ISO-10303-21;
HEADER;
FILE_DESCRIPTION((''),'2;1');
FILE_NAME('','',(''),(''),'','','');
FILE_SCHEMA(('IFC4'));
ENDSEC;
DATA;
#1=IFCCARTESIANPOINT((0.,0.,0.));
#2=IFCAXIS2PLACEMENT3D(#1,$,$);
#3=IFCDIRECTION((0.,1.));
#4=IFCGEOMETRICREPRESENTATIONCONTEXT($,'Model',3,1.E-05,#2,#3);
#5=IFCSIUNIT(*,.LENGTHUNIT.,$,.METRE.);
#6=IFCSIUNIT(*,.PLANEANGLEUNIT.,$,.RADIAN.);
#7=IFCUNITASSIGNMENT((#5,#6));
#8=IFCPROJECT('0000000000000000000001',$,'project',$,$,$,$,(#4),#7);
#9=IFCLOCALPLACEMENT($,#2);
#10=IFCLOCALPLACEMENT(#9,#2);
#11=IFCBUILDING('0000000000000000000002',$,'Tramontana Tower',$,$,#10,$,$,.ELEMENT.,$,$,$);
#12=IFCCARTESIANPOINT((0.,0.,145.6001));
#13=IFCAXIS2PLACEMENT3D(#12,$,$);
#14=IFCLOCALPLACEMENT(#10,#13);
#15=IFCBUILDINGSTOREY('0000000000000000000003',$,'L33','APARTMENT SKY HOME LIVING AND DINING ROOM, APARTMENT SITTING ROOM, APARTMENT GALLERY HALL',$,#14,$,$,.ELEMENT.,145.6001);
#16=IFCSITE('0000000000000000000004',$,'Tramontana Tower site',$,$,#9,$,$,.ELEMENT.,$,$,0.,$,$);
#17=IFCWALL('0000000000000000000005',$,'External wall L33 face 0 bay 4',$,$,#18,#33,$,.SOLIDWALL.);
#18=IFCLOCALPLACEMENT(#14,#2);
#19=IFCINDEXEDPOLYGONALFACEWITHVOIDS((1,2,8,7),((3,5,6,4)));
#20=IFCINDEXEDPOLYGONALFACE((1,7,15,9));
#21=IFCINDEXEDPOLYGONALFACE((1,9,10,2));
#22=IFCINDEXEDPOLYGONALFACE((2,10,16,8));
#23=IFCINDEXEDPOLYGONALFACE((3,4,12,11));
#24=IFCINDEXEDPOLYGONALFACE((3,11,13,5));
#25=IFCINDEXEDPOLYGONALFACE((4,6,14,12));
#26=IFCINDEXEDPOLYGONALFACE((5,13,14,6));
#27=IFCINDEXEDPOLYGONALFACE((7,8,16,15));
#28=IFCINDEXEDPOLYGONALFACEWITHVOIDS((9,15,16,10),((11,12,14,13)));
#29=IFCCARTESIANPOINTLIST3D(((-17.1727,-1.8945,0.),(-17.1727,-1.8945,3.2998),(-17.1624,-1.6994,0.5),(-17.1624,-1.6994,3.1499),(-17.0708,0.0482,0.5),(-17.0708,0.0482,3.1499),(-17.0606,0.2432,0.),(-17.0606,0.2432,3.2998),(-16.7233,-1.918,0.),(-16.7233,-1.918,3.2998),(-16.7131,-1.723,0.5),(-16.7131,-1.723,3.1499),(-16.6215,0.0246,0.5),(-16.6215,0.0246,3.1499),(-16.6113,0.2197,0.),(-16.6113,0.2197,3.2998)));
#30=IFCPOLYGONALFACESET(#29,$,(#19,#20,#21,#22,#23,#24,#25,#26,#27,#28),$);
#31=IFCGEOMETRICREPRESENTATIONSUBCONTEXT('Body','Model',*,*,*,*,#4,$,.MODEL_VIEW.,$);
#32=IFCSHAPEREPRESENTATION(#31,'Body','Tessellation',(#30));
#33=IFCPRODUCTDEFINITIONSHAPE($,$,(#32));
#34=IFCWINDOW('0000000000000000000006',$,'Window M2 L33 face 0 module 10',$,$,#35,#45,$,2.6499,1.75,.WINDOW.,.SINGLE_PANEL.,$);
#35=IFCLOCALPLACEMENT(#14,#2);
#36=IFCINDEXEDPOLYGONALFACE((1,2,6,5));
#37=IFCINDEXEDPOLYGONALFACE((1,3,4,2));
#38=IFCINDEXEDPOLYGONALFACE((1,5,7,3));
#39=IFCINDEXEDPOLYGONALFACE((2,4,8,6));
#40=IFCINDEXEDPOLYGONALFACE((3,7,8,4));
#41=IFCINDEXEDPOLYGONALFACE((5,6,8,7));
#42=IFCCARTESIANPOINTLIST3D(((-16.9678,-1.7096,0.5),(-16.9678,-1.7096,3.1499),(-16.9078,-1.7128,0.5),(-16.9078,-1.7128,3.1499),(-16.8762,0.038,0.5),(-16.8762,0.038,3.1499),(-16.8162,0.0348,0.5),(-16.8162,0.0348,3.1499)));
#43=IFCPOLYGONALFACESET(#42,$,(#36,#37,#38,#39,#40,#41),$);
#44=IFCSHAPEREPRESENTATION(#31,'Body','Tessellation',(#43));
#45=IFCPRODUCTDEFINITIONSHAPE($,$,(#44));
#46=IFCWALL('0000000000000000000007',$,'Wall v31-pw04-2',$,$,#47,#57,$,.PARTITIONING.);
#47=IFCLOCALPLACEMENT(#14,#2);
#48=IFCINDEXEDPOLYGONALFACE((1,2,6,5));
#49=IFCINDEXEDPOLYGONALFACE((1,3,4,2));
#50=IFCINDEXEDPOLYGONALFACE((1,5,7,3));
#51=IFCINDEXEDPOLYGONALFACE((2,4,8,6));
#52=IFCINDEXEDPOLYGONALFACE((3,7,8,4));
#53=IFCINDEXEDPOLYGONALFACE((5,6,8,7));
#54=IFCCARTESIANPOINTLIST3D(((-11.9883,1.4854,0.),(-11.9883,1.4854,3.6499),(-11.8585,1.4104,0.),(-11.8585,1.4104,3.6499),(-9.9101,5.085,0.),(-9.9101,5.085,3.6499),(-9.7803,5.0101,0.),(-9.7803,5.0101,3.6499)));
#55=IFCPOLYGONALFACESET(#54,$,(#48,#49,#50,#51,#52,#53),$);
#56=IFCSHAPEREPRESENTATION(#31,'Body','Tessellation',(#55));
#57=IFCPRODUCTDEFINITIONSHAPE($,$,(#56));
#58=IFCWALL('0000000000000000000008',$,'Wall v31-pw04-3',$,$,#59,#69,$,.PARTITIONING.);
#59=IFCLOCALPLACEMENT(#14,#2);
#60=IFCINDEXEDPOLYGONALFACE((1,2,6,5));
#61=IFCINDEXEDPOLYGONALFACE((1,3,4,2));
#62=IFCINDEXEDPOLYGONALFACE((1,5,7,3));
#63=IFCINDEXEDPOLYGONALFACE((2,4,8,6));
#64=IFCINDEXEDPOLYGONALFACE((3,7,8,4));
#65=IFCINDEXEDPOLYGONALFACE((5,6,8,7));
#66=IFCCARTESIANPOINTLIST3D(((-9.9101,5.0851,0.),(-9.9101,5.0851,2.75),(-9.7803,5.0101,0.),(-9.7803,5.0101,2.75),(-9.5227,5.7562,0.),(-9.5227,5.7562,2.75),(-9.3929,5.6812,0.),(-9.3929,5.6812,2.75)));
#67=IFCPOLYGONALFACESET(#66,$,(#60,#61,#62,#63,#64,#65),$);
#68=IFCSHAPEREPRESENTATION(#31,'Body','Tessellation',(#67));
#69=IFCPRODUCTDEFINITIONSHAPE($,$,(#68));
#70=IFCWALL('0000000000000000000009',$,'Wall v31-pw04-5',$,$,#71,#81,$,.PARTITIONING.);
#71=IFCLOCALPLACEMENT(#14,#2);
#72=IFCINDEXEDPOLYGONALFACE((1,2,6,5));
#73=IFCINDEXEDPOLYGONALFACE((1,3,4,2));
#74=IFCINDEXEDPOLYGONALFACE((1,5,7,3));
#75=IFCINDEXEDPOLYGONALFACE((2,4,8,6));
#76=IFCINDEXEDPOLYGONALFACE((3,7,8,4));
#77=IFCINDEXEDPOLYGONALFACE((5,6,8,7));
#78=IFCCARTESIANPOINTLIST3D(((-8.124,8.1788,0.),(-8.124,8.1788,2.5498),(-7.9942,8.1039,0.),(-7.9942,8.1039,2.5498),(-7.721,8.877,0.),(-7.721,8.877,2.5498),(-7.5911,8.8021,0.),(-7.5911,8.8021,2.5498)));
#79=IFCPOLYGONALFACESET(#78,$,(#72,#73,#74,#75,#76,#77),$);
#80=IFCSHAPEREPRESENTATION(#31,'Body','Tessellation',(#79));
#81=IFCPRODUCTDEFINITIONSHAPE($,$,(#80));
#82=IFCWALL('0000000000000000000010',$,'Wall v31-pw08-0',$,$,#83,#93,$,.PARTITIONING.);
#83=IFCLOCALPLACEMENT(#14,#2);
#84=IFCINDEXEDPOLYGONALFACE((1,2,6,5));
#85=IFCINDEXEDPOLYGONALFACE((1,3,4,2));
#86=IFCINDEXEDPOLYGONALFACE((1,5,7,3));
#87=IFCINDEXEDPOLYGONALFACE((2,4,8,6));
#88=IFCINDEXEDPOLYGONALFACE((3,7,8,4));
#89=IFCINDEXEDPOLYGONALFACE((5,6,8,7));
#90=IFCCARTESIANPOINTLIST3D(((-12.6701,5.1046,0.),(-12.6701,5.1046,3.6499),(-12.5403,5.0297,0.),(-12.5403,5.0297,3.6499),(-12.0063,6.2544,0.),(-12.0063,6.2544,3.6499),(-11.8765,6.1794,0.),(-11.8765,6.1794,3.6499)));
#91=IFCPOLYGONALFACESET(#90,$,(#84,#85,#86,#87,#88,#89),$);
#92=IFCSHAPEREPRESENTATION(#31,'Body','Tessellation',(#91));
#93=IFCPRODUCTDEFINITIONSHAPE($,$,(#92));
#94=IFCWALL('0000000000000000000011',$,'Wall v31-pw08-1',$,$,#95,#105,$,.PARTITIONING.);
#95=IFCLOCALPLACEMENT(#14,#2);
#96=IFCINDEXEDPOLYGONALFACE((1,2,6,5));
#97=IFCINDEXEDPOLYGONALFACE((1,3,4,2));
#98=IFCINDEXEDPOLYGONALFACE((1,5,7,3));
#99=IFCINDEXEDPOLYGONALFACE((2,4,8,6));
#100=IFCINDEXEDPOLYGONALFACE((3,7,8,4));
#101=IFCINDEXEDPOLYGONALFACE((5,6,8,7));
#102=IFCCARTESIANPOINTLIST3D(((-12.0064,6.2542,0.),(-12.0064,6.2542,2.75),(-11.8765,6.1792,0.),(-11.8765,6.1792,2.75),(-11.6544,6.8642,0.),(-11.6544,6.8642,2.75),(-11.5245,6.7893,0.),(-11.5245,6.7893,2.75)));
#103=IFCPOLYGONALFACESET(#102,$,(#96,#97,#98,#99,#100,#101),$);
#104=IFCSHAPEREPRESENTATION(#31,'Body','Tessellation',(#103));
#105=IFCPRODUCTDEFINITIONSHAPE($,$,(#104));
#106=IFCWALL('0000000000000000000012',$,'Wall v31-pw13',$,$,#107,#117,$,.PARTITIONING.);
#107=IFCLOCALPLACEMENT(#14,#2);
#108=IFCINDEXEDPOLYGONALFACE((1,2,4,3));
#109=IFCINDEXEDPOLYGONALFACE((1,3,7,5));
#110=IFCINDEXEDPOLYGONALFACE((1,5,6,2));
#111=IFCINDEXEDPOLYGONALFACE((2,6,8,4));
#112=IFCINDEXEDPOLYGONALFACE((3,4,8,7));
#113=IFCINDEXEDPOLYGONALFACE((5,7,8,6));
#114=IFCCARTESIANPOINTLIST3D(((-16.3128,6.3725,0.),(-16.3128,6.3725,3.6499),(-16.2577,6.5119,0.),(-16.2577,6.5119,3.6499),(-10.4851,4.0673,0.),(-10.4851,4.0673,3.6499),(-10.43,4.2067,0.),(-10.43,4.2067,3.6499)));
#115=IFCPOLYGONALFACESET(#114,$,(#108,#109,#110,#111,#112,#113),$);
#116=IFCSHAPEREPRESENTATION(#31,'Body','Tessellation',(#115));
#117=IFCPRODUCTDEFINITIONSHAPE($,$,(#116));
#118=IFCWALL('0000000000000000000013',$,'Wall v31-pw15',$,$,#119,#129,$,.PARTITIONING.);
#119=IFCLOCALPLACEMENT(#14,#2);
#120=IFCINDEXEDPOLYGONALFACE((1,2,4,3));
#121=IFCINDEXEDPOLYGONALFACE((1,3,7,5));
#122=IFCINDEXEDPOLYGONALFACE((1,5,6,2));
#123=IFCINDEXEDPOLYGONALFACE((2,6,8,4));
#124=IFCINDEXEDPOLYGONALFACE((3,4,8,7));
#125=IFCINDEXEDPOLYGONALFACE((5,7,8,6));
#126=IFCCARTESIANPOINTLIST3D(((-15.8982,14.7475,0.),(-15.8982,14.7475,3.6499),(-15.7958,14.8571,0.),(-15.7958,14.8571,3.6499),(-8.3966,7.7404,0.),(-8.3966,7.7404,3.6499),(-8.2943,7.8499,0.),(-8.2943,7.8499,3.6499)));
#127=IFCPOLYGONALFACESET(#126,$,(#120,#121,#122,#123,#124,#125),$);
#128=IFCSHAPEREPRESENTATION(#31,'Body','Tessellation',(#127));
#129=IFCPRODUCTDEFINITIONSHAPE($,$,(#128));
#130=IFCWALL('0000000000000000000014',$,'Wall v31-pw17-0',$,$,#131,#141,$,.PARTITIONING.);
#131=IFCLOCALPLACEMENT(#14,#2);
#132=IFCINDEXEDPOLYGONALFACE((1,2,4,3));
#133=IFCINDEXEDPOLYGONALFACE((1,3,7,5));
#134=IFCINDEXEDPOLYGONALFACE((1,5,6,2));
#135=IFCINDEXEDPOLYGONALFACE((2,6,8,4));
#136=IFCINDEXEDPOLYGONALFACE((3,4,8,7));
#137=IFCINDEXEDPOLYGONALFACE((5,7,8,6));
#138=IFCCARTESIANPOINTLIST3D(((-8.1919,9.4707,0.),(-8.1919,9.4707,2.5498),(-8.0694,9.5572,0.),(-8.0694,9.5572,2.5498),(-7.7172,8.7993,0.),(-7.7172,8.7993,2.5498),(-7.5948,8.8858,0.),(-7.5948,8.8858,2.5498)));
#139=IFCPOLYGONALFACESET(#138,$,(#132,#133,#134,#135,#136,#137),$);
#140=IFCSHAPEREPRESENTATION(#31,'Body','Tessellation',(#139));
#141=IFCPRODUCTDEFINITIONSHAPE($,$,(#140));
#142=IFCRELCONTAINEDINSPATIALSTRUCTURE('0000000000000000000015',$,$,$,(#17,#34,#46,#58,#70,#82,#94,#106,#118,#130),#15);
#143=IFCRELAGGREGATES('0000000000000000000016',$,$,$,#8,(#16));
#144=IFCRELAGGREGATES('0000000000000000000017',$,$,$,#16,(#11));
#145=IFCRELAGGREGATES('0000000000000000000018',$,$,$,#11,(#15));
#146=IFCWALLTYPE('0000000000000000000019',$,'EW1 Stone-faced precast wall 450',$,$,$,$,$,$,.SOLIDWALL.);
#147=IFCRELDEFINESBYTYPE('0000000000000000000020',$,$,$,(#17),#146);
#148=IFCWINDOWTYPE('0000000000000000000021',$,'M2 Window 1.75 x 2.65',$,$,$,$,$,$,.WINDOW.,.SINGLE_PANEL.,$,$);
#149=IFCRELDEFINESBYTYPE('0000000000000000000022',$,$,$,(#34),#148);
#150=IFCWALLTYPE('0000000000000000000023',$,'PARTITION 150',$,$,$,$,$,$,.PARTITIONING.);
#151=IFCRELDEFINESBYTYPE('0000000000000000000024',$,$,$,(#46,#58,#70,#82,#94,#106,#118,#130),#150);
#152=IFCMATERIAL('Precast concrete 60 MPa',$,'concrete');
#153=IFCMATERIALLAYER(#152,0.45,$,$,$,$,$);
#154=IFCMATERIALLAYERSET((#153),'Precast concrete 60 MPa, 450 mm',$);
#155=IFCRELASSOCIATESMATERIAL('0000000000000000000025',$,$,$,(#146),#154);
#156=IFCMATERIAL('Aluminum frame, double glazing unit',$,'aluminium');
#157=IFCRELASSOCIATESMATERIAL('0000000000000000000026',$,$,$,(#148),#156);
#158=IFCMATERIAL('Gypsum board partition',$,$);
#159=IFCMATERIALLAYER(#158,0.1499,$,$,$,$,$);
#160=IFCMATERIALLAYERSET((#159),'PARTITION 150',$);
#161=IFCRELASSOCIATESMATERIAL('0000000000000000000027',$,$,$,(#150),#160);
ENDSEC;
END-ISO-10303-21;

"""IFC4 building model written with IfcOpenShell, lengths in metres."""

from ifc_helpers import new_model, si_unit, direction, frame, frame_2d, origin, place, context, subcontext, project, spatial, rectangle, extrude, material, layer, layer_set, type_object, element, fill, save


model = new_model("IFC4")

# Units and contexts
model_context = context("Model", 3, precision=1e-05, world=origin(), true_north=direction((0.0, 1.0)))
body_context = subcontext(model_context, "Body", "Model", "MODEL_VIEW")
ifc_project = project(units=[si_unit("LENGTHUNIT", "METRE"), si_unit("PLANEANGLEUNIT", "RADIAN")], contexts=[model_context])

# Site, building, storey
site_placement = place(None, origin())
site = spatial("IfcSite", under=ifc_project, at=site_placement, Name="Tramontana Tower site", CompositionType="ELEMENT", RefElevation=0.0)
building_placement = place(site_placement, origin())
building = spatial("IfcBuilding", under=site, at=building_placement, Name="Tramontana Tower", CompositionType="ELEMENT")
storey_placement = place(building_placement, frame((0.0, 0.0, 145.6001)))
storey = spatial("IfcBuildingStorey", under=building, at=storey_placement, Name="L33", Description="APARTMENT SKY HOME LIVING AND DINING ROOM, APARTMENT SITTING ROOM, APARTMENT GALLERY HALL", CompositionType="ELEMENT", Elevation=145.6001)

# Shared definitions
ifc_material_1 = material(Name="Precast concrete 60 MPa", Category="concrete")
ifc_layer_1 = layer(ifc_material_1, 0.45)
ifc_layer_set_1 = layer_set([ifc_layer_1], Name="Precast concrete 60 MPa, 450 mm")
wall_type_1 = type_object("IfcWallType", Name="EW1 Stone-faced precast wall 450", PredefinedType="SOLIDWALL", material=ifc_layer_set_1)
ifc_material_2 = material(Name="Aluminum frame, double glazing unit", Category="aluminium")
window_type = type_object("IfcWindowType", Name="M2 Window 1.75 x 2.65", PartitioningType="SINGLE_PANEL", PredefinedType="WINDOW", material=ifc_material_2)

# Wall, opening, window
wall_1_placement = place(storey_placement, frame((-16.8359, 0.2314, 0.0), z_axis=(0.0, 0.0, 1.0), x_axis=(-0.052349, -0.998629, 0.0)))
wall_1 = element("IfcWall", 1, at=wall_1_placement, inside=storey, type_object=wall_type_1, Name="External wall L33 face 0 bay 4", PredefinedType="SOLIDWALL", context=body_context, shape_type="SweptSolid", body=[
    extrude(rectangle(XDim=2.1406, YDim=0.45, at=frame_2d((1.0703, 0.0))), origin(), (0.0, 0.0, 1.0), 3.2998),
])
opening_1_placement = place(wall_1_placement, frame((0.1953, 0.0, 0.5)))
opening_1 = element("IfcOpeningElement", 2, at=opening_1_placement, cuts=wall_1, PredefinedType="OPENING", context=body_context, shape_type="SweptSolid", body=[
    extrude(rectangle(XDim=1.75, YDim=2.6499, at=frame_2d((0.875, 1.325))), frame((0.0, 0.2349, 0.0), z_axis=(0.0, -1.0, 0.0), x_axis=(1.0, 0.0, 0.0)), (0.0, 0.0, 1.0), 0.47),
])
window_1_placement = place(opening_1_placement, origin())
window_1 = element("IfcWindow", 3, at=window_1_placement, inside=storey, type_object=window_type, Name="Window M2 L33 face 0 module 10", OverallHeight=2.6499, OverallWidth=1.75, PartitioningType="SINGLE_PANEL", PredefinedType="WINDOW", context=body_context, shape_type="SweptSolid", body=[
    extrude(rectangle(XDim=1.75, YDim=2.6499, at=frame_2d((0.875, 1.325))), frame((0.0, 0.03, 0.0), z_axis=(0.0, -1.0, 0.0), x_axis=(1.0, 0.0, 0.0)), (0.0, 0.0, 1.0), 0.0601),
])
fill(opening_1, window_1)

# Shared definitions
ifc_material_3 = material(Name="Gypsum board partition")
ifc_layer_2 = layer(ifc_material_3, 0.1499)
ifc_layer_set_2 = layer_set([ifc_layer_2], Name="PARTITION 150")
wall_type_2 = type_object("IfcWallType", Name="PARTITION 150", PredefinedType="PARTITIONING", material=ifc_layer_set_2)

# Walls
wall_2_placement = place(storey_placement, frame((-11.9233, 1.448, 0.0), z_axis=(0.0, 0.0, 1.0), x_axis=(0.49998, 0.866037, 0.0)))
element("IfcWall", 4, at=wall_2_placement, inside=storey, type_object=wall_type_2, Name="Wall v31-pw04-2", PredefinedType="PARTITIONING", context=body_context, shape_type="SweptSolid", body=[
    extrude(rectangle(XDim=4.1565, YDim=0.1499, at=frame_2d((2.0781, 0.0))), origin(), (0.0, 0.0, 1.0), 3.6499),
])
wall_3_placement = place(storey_placement, frame((-9.8452, 5.0476, 0.0), z_axis=(0.0, 0.0, 1.0), x_axis=(0.499968, 0.866044, 0.0)))
element("IfcWall", 5, at=wall_3_placement, inside=storey, type_object=wall_type_2, Name="Wall v31-pw04-3", PredefinedType="PARTITIONING", context=body_context, shape_type="SweptSolid", body=[
    extrude(rectangle(XDim=0.7749, YDim=0.1499, at=frame_2d((0.3875, 0.0))), origin(), (0.0, 0.0, 1.0), 2.75),
])

# Walls
wall_4_placement = place(storey_placement, frame((-8.0591, 8.1414, 0.0), z_axis=(0.0, 0.0, 1.0), x_axis=(0.49995, 0.866054, 0.0)))
element("IfcWall", 6, at=wall_4_placement, inside=storey, type_object=wall_type_2, Name="Wall v31-pw04-5", PredefinedType="PARTITIONING", context=body_context, shape_type="SweptSolid", body=[
    extrude(rectangle(XDim=0.8062, YDim=0.1499, at=frame_2d((0.4031, 0.0))), origin(), (0.0, 0.0, 1.0), 2.5498),
])
wall_5_placement = place(storey_placement, frame((-12.6052, 5.0671, 0.0), z_axis=(0.0, 0.0, 1.0), x_axis=(0.500036, 0.866005, 0.0)))
element("IfcWall", 7, at=wall_5_placement, inside=storey, type_object=wall_type_2, Name="Wall v31-pw08-0", PredefinedType="PARTITIONING", context=body_context, shape_type="SweptSolid", body=[
    extrude(rectangle(XDim=1.3276, YDim=0.1499, at=frame_2d((0.6638, 0.0))), origin(), (0.0, 0.0, 1.0), 3.6499),
])
wall_6_placement = place(storey_placement, frame((-11.9414, 6.2168, 0.0), z_axis=(0.0, 0.0, 1.0), x_axis=(0.499792, 0.866145, 0.0)))
element("IfcWall", 8, at=wall_6_placement, inside=storey, type_object=wall_type_2, Name="Wall v31-pw08-1", PredefinedType="PARTITIONING", context=body_context, shape_type="SweptSolid", body=[
    extrude(rectangle(XDim=0.7043, YDim=0.1499, at=frame_2d((0.3521, 0.0))), origin(), (0.0, 0.0, 1.0), 2.75),
])

# Walls
wall_7_placement = place(storey_placement, frame((-10.4575, 4.137, 0.0), z_axis=(0.0, 0.0, 1.0), x_axis=(-0.929894, 0.367828, 0.0)))
element("IfcWall", 9, at=wall_7_placement, inside=storey, type_object=wall_type_2, Name="Wall v31-pw13", PredefinedType="PARTITIONING", context=body_context, shape_type="SweptSolid", body=[
    extrude(rectangle(XDim=6.2671, YDim=0.1499, at=frame_2d((3.1335, 0.0))), origin(), (0.0, 0.0, 1.0), 3.6499),
])
wall_8_placement = place(storey_placement, frame((-8.3455, 7.7952, 0.0), z_axis=(0.0, 0.0, 1.0), x_axis=(-0.730778, 0.682616, 0.0)))
element("IfcWall", 10, at=wall_8_placement, inside=storey, type_object=wall_type_2, Name="Wall v31-pw15", PredefinedType="PARTITIONING", context=body_context, shape_type="SweptSolid", body=[
    extrude(rectangle(XDim=10.2651, YDim=0.1499, at=frame_2d((5.1326, 0.0))), origin(), (0.0, 0.0, 1.0), 3.6499),
])
wall_9_placement = place(storey_placement, frame((-7.656, 8.8425, 0.0), z_axis=(0.0, 0.0, 1.0), x_axis=(-0.577243, 0.816573, 0.0)))
element("IfcWall", 11, at=wall_9_placement, inside=storey, type_object=wall_type_2, Name="Wall v31-pw17-0", PredefinedType="PARTITIONING", context=body_context, shape_type="SweptSolid", body=[
    extrude(rectangle(XDim=0.8223, YDim=0.1499, at=frame_2d((0.4111, 0.0))), origin(), (0.0, 0.0, 1.0), 2.5498),
])

save(model, "model.ifc")
